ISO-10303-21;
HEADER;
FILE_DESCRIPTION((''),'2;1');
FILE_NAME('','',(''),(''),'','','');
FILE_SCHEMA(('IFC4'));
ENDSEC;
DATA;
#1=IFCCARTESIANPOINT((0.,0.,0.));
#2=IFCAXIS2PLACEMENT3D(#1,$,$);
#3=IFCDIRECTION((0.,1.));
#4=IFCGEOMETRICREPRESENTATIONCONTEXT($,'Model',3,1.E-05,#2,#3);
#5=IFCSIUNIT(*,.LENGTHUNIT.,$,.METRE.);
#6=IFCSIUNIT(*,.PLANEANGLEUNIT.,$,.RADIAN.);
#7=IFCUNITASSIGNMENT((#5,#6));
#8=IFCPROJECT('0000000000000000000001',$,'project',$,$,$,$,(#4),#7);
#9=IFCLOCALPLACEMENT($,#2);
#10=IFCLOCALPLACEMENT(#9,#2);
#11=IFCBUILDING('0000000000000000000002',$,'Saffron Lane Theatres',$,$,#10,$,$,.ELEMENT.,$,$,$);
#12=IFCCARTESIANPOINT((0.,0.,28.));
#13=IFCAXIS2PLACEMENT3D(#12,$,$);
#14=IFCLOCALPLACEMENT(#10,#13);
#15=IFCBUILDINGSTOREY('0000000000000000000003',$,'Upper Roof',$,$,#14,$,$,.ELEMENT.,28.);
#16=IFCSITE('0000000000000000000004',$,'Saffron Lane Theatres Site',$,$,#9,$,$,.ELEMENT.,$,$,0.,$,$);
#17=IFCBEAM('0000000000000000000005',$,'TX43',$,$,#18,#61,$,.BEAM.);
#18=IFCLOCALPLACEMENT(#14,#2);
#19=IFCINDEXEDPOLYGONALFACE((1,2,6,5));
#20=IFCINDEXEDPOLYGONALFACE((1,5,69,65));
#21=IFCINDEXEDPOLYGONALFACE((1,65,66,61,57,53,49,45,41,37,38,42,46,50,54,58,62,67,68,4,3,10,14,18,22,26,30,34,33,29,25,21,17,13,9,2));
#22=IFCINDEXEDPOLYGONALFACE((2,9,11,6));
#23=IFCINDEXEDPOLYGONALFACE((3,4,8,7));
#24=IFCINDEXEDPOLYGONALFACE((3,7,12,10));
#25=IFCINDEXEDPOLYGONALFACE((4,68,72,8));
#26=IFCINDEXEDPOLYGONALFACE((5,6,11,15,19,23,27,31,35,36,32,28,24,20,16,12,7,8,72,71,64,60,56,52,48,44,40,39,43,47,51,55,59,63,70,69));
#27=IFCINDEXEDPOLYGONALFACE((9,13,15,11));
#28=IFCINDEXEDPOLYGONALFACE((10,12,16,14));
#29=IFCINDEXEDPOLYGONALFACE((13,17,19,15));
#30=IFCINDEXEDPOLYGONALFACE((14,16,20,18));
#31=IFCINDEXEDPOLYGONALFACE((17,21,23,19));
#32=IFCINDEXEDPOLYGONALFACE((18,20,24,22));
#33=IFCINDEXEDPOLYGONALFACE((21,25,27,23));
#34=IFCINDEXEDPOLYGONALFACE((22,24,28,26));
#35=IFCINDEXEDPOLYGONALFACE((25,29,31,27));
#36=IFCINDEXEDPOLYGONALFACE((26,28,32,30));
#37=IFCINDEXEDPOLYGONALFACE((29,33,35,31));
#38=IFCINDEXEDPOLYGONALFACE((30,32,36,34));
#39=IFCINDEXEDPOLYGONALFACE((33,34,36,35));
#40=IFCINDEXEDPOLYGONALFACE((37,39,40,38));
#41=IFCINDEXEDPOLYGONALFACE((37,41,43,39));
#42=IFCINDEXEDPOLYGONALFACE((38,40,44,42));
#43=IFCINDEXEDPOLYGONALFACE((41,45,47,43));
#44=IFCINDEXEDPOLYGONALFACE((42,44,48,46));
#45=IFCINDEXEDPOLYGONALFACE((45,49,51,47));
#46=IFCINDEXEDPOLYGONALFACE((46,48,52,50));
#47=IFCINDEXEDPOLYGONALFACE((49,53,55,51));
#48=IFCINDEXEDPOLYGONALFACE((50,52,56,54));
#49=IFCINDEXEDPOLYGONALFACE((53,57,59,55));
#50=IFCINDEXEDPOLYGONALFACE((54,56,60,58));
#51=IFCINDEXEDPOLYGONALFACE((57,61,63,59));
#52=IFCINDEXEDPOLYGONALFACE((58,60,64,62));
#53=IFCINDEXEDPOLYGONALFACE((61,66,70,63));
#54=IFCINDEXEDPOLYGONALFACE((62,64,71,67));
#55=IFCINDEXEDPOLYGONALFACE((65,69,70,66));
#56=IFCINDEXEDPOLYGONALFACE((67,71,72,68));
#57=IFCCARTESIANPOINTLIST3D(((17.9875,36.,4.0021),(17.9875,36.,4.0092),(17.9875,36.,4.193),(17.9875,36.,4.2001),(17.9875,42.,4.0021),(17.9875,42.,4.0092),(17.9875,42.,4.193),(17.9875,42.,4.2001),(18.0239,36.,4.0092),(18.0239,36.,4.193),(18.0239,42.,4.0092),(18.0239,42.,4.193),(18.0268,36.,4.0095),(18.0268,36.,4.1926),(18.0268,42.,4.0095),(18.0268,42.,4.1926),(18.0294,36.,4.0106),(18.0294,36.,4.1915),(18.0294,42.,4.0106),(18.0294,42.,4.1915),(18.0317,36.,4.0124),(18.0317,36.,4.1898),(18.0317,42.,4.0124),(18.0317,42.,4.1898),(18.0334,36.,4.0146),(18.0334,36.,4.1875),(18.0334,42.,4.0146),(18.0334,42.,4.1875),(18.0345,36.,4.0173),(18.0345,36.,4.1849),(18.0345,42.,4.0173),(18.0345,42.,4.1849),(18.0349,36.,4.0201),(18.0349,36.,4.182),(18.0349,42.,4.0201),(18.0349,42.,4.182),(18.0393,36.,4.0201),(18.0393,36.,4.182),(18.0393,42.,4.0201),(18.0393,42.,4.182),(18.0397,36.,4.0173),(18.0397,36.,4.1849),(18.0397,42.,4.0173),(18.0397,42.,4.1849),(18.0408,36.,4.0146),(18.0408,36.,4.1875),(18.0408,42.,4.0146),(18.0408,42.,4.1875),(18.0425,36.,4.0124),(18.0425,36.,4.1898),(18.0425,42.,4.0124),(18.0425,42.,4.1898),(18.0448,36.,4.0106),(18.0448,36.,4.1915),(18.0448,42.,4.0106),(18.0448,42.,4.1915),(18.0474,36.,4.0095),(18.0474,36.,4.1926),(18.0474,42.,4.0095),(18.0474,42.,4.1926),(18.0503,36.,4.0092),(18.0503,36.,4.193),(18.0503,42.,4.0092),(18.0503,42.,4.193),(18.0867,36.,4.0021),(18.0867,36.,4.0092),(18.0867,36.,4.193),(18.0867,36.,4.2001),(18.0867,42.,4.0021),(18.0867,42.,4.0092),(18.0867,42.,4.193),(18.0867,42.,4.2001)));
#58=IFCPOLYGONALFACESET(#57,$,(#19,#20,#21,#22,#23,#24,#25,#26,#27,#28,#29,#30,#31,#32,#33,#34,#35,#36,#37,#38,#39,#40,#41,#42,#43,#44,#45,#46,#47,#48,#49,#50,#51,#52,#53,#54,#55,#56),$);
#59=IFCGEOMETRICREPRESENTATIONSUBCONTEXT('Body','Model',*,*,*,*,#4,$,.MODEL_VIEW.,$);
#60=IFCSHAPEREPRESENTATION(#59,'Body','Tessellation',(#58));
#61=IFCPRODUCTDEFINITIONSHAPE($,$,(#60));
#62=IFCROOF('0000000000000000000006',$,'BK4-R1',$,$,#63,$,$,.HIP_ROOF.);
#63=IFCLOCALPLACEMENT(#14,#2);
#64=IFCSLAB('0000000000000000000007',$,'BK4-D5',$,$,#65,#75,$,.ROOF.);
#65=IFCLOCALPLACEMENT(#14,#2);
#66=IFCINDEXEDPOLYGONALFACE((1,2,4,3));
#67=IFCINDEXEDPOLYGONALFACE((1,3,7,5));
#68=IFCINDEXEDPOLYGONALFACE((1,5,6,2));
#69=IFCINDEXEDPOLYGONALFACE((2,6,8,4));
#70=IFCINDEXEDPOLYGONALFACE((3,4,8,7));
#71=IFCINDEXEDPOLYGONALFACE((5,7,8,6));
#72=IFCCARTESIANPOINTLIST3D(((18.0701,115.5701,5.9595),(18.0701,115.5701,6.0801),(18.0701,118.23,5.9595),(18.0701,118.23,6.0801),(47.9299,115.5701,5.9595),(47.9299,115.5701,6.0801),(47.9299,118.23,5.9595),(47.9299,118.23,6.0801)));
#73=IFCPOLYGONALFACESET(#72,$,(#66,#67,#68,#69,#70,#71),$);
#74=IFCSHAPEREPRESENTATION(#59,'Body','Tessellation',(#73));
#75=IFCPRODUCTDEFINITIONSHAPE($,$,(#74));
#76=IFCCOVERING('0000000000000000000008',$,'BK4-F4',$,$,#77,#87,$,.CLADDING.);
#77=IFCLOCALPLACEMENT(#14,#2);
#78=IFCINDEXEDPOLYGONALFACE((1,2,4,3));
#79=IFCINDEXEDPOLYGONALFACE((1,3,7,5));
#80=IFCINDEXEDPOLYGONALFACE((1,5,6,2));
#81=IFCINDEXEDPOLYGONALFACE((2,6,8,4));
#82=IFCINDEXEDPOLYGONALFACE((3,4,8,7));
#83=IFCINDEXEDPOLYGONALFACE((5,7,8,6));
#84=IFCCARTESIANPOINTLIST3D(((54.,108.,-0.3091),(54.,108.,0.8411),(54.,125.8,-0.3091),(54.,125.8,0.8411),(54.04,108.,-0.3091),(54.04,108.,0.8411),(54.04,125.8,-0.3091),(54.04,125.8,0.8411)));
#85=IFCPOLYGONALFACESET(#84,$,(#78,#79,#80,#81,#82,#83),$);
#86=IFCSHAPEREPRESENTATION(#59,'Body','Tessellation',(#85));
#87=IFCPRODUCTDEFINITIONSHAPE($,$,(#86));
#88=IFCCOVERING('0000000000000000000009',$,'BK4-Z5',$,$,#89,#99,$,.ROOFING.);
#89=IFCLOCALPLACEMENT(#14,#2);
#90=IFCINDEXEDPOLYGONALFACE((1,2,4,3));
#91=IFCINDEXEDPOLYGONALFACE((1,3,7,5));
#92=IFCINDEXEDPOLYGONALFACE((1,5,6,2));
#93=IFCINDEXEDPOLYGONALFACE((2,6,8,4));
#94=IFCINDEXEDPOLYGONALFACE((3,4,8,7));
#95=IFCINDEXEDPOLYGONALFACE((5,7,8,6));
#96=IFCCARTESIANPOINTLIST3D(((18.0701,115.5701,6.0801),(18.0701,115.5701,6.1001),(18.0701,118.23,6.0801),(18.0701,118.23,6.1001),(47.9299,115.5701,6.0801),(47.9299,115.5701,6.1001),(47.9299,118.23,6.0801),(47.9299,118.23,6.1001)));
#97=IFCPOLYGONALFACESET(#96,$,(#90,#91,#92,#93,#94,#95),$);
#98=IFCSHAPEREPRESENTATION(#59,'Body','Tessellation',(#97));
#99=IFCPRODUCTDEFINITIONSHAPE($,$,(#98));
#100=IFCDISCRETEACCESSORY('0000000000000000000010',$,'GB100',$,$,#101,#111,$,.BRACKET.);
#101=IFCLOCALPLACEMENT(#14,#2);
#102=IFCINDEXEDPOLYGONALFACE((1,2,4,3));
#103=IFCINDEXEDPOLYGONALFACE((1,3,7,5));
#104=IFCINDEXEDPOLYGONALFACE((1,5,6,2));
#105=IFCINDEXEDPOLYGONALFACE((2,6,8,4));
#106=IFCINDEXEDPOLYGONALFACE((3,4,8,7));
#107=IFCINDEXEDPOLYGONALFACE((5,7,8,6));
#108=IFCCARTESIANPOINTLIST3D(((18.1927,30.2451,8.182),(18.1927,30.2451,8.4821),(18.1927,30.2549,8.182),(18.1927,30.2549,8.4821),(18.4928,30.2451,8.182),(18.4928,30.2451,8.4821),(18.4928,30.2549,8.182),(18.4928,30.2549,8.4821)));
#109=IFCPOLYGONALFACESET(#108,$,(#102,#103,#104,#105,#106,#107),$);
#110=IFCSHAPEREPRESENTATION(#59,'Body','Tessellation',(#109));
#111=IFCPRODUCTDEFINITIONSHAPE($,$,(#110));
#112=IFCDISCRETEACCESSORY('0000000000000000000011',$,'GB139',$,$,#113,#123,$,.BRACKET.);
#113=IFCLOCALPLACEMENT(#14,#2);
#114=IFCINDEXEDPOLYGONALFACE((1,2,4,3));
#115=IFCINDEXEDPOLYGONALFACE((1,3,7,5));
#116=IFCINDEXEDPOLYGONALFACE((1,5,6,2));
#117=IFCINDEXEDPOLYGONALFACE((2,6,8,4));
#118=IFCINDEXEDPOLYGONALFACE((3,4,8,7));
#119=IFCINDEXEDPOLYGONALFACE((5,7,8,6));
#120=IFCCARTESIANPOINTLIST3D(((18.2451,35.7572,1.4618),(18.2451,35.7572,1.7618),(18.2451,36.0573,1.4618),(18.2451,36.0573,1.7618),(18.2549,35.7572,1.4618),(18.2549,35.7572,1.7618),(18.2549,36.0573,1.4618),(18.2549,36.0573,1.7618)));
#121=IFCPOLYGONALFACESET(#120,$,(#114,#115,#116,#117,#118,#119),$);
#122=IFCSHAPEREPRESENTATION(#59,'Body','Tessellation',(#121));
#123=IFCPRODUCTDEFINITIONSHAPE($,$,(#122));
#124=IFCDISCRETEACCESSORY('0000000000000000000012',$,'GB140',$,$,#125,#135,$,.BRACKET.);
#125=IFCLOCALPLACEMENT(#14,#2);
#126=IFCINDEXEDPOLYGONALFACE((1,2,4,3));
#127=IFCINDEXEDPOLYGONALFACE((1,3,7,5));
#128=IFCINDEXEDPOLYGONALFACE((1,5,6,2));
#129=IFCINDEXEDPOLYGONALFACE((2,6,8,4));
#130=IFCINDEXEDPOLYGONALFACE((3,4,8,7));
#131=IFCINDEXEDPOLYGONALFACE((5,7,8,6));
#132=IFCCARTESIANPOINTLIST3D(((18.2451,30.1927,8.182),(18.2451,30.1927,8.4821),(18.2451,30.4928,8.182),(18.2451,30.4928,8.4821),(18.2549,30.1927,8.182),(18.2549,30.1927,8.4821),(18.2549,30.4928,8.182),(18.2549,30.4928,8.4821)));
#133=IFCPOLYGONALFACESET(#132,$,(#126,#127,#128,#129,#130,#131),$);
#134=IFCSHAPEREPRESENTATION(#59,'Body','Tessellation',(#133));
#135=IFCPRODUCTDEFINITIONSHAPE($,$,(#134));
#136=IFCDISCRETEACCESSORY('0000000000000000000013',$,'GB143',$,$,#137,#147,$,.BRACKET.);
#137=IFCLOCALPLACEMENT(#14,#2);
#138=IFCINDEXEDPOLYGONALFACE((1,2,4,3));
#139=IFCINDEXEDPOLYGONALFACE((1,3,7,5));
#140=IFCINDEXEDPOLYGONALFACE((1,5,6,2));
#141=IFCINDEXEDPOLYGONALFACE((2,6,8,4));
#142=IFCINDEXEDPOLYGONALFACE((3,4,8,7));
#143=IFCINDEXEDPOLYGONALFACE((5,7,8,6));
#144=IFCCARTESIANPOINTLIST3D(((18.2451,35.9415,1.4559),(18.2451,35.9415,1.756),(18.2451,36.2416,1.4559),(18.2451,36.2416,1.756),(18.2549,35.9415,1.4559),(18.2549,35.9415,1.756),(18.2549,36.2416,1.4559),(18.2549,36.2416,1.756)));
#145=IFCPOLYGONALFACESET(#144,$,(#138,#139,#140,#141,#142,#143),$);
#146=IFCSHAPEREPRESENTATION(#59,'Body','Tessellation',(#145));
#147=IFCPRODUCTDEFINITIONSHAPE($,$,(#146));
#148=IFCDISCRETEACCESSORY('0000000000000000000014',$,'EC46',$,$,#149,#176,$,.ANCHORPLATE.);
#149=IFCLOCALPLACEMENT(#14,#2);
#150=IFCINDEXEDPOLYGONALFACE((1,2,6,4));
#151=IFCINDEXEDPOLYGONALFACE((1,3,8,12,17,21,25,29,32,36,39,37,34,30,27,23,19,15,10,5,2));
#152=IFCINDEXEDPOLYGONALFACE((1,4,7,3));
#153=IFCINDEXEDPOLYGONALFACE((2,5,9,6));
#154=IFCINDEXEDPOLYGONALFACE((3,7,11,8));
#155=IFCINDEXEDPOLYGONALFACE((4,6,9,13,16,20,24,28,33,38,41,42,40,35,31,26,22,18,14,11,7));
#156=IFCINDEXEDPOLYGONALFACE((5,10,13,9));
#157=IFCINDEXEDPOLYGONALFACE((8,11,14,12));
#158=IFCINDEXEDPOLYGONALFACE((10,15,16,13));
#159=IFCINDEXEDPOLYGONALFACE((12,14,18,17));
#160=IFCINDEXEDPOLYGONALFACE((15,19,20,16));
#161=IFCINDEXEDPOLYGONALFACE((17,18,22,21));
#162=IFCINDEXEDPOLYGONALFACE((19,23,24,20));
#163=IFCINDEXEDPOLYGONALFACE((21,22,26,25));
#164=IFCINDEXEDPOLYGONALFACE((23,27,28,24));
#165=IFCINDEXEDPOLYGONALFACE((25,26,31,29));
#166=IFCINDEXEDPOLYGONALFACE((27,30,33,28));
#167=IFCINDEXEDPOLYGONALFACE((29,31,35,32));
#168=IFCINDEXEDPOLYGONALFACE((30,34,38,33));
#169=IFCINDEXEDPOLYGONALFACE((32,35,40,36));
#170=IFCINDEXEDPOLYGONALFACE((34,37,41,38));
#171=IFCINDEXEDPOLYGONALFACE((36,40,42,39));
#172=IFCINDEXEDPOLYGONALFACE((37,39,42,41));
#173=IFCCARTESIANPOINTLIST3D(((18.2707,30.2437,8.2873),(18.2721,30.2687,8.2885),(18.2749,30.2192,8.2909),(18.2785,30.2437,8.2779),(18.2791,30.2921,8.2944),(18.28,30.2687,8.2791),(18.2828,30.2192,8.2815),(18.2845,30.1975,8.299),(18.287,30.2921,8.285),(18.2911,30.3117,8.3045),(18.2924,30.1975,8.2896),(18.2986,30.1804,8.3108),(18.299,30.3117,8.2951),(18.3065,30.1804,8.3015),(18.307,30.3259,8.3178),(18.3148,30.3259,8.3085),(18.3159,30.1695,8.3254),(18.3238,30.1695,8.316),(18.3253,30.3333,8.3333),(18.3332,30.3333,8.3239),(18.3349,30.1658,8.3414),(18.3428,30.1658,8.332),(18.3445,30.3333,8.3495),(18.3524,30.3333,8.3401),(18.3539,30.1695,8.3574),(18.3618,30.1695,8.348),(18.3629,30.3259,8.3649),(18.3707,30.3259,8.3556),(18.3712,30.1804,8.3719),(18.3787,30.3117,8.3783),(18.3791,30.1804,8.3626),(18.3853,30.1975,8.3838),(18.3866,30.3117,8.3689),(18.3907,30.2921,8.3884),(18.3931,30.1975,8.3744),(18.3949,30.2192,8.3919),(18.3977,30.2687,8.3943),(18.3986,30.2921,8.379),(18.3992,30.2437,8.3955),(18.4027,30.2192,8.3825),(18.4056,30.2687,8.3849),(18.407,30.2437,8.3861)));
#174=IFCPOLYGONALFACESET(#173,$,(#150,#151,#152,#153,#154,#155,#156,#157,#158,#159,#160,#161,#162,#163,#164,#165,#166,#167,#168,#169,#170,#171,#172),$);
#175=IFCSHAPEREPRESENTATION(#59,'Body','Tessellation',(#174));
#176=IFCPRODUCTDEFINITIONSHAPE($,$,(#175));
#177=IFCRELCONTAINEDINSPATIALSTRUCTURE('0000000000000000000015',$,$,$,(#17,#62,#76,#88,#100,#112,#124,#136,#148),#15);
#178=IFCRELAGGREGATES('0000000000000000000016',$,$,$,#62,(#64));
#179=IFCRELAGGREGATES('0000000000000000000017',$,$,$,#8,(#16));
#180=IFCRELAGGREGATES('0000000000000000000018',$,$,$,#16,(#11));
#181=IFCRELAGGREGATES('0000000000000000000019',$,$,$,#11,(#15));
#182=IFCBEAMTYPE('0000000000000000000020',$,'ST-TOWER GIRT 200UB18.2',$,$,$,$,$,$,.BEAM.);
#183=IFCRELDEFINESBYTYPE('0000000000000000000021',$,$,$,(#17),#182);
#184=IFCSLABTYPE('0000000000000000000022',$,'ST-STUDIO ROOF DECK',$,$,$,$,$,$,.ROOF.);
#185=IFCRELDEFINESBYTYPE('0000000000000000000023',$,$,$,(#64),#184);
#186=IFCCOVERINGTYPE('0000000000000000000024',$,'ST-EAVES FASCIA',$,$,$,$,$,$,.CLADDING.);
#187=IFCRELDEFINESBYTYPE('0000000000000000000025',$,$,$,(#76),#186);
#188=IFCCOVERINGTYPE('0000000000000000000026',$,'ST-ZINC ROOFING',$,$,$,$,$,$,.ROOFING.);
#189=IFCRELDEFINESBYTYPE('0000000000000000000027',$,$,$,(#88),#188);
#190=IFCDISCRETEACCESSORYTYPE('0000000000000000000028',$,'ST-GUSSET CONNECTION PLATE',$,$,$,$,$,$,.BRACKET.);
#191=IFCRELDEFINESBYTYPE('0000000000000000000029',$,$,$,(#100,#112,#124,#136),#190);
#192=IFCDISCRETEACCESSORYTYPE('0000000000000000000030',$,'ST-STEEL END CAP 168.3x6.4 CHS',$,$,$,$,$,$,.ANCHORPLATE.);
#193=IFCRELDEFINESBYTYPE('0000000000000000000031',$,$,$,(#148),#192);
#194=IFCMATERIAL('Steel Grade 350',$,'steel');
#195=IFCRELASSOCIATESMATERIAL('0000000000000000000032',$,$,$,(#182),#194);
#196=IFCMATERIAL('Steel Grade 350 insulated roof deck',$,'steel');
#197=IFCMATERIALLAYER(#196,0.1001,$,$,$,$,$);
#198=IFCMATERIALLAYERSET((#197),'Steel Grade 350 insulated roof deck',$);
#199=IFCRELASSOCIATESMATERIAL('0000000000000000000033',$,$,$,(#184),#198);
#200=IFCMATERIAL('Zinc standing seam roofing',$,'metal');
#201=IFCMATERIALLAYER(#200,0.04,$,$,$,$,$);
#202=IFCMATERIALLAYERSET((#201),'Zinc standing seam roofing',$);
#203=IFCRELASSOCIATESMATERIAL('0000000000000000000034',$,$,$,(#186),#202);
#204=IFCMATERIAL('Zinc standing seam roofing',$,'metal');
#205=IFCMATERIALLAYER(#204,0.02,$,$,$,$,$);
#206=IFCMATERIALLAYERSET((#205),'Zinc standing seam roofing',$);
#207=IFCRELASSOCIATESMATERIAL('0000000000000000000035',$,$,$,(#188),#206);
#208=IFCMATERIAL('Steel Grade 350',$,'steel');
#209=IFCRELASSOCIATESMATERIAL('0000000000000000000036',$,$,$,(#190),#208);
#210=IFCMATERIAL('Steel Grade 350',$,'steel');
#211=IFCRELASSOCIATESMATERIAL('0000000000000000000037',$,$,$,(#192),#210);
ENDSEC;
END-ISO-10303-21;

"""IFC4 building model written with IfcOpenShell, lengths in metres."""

from ifc_helpers import new_model, si_unit, direction, frame, origin, origin_2d, place, context, subcontext, project, spatial, polyline, rectangle, circle, i_section, outline, extrude, material, layer, layer_set, material_profile, profile_set, type_object, element, aggregate, save


model = new_model("IFC4")

# Units and contexts
model_context = context("Model", 3, precision=1e-05, world=origin(), true_north=direction((0.0, 1.0)))
body_context = subcontext(model_context, "Body", "Model", "MODEL_VIEW")
ifc_project = project(units=[si_unit("LENGTHUNIT", "METRE"), si_unit("PLANEANGLEUNIT", "RADIAN")], contexts=[model_context])

# Site, building, storey
site_placement = place(None, origin())
site = spatial("IfcSite", under=ifc_project, at=site_placement, Name="Saffron Lane Theatres Site", CompositionType="ELEMENT", RefElevation=0.0)
building_placement = place(site_placement, origin())
building = spatial("IfcBuilding", under=site, at=building_placement, Name="Saffron Lane Theatres", CompositionType="ELEMENT")
storey_placement = place(building_placement, frame((0.0, 0.0, 28.0)))
storey = spatial("IfcBuildingStorey", under=building, at=storey_placement, Name="Upper Roof", CompositionType="ELEMENT", Elevation=28.0)

# Beam
ifc_material_1 = material(Name="Steel Grade 350", Category="steel")
ifc_material_profile_1 = material_profile(ifc_material_1, i_section(OverallWidth=0.0991, OverallDepth=0.198, WebThickness=0.0044, FlangeThickness=0.0071, FilletRadius=0.011, at=origin_2d()))
ifc_profile_set_1 = profile_set([ifc_material_profile_1], Name="Steel Grade 350")
beam_type_1 = type_object("IfcBeamType", Name="ST-TOWER GIRT 200UB18.2", PredefinedType="BEAM", material=ifc_profile_set_1)
beam_1_placement = place(storey_placement, frame((18.0371, 36.0, 4.1011), z_axis=(0.0, 1.0, 0.0), x_axis=(-1.0, 0.0, 0.0)))
element("IfcBeam", 1, at=beam_1_placement, inside=storey, type_object=beam_type_1, Name="TX43", PredefinedType="BEAM", context=body_context, shape_type="SweptSolid", body=[
    extrude(i_section(OverallWidth=0.0991, OverallDepth=0.198, WebThickness=0.0044, FlangeThickness=0.0071, FilletRadius=0.011, at=origin_2d()), origin(), (0.0, 0.0, 1.0), 6.0),
])

# Roof, slab
roof_placement = place(storey_placement, origin())
roof = element("IfcRoof", 2, at=roof_placement, inside=storey, Name="BK4-R1", PredefinedType="HIP_ROOF")
ifc_material_2 = material(Name="Steel Grade 350 insulated roof deck", Category="steel")
ifc_layer_1 = layer(ifc_material_2, 0.1001)
ifc_layer_set_1 = layer_set([ifc_layer_1], Name="Steel Grade 350 insulated roof deck")
slab_type = type_object("IfcSlabType", Name="ST-STUDIO ROOF DECK", PredefinedType="ROOF", material=ifc_layer_set_1)
slab_placement = place(storey_placement, frame((0.0, 0.0, 5.9595)))
slab = element("IfcSlab", 3, at=slab_placement, type_object=slab_type, Name="BK4-D5", PredefinedType="ROOF", context=body_context, shape_type="SweptSolid", body=[
    extrude(outline(polyline([(18.0701, 115.5701), (47.9299, 115.5701), (47.9299, 118.23), (18.0701, 118.23), (18.0701, 115.5701)])), origin(), (0.0, 0.0, 1.0), 0.1206),
])
aggregate(roof, [slab])

# Coverings
ifc_material_3 = material(Name="Zinc standing seam roofing", Category="metal")
ifc_layer_2 = layer(ifc_material_3, 0.04)
ifc_layer_set_2 = layer_set([ifc_layer_2], Name="Zinc standing seam roofing")
covering_type_1 = type_object("IfcCoveringType", Name="ST-EAVES FASCIA", PredefinedType="CLADDING", material=ifc_layer_set_2)
covering_1_placement = place(storey_placement, frame((0.0, 0.0, -0.3091)))
element("IfcCovering", 4, at=covering_1_placement, inside=storey, type_object=covering_type_1, Name="BK4-F4", PredefinedType="CLADDING", context=body_context, shape_type="SweptSolid", body=[
    extrude(outline(polyline([(54.0, 108.0), (54.04, 108.0), (54.04, 125.8), (54.0, 125.8), (54.0, 108.0)])), origin(), (0.0, 0.0, 1.0), 1.1501),
])
ifc_material_4 = material(Name="Zinc standing seam roofing", Category="metal")
ifc_layer_3 = layer(ifc_material_4, 0.02)
ifc_layer_set_3 = layer_set([ifc_layer_3], Name="Zinc standing seam roofing")
covering_type_2 = type_object("IfcCoveringType", Name="ST-ZINC ROOFING", PredefinedType="ROOFING", material=ifc_layer_set_3)
covering_2_placement = place(storey_placement, frame((0.0, 0.0, 6.0801)))
element("IfcCovering", 5, at=covering_2_placement, inside=storey, type_object=covering_type_2, Name="BK4-Z5", PredefinedType="ROOFING", context=body_context, shape_type="SweptSolid", body=[
    extrude(outline(polyline([(18.0701, 115.5701), (47.9299, 115.5701), (47.9299, 118.23), (18.0701, 118.23), (18.0701, 115.5701)])), origin(), (0.0, 0.0, 1.0), 0.02),
])

# Discrete accessories
ifc_material_5 = material(Name="Steel Grade 350", Category="steel")
ifc_material_profile_2 = material_profile(ifc_material_5, rectangle(XDim=0.3, YDim=0.3, at=origin_2d()))
ifc_profile_set_2 = profile_set([ifc_material_profile_2], Name="Steel Grade 350")
discrete_accessory_type_1 = type_object("IfcDiscreteAccessoryType", Name="ST-GUSSET CONNECTION PLATE", PredefinedType="BRACKET", material=ifc_profile_set_2)
for number, where, z_axis, x_axis, name in (
    (6, (18.3428, 30.2451, 8.332), (0.0, 1.0, 0.0), (-1.0, 0.0, 0.0), "GB100"),
    (7, (18.2451, 35.9072, 1.6118), (1.0, 0.0, 0.0), (0.0, 1.0, 0.0), "GB139"),
    (8, (18.2451, 30.3428, 8.332), (1.0, 0.0, 0.0), (0.0, 1.0, 0.0), "GB140"),
    (9, (18.2451, 36.0916, 1.606), (1.0, 0.0, 0.0), (0.0, 1.0, 0.0), "GB143"),
):
    element("IfcDiscreteAccessory", number, at=place(storey_placement, frame(where, z_axis=z_axis, x_axis=x_axis)), inside=storey, type_object=discrete_accessory_type_1, Name=name, PredefinedType="BRACKET", context=body_context, shape_type="SweptSolid", body=[
        extrude(rectangle(XDim=0.3, YDim=0.3, at=origin_2d()), origin(), (0.0, 0.0, 1.0), 0.0098),
    ])
ifc_material_6 = material(Name="Steel Grade 350", Category="steel")
ifc_material_profile_3 = material_profile(ifc_material_6, circle(Radius=0.0842, at=origin_2d()))
ifc_profile_set_3 = profile_set([ifc_material_profile_3], Name="Steel Grade 350")
discrete_accessory_type_2 = type_object("IfcDiscreteAccessoryType", Name="ST-STEEL END CAP 168.3x6.4 CHS", PredefinedType="ANCHORPLATE", material=ifc_profile_set_3)
discrete_accessory_1_placement = place(storey_placement, frame((18.3428, 30.25, 8.332), z_axis=(-0.644136, 0.0, 0.764911), x_axis=(0.0, -1.0, 0.0)))
element("IfcDiscreteAccessory", 10, at=discrete_accessory_1_placement, inside=storey, type_object=discrete_accessory_type_2, Name="EC46", PredefinedType="ANCHORPLATE", context=body_context, shape_type="SweptSolid", body=[
    extrude(circle(Radius=0.0842, at=origin_2d()), origin(), (0.0, 0.0, 1.0), 0.0122),
])

save(model, "model.ifc")
